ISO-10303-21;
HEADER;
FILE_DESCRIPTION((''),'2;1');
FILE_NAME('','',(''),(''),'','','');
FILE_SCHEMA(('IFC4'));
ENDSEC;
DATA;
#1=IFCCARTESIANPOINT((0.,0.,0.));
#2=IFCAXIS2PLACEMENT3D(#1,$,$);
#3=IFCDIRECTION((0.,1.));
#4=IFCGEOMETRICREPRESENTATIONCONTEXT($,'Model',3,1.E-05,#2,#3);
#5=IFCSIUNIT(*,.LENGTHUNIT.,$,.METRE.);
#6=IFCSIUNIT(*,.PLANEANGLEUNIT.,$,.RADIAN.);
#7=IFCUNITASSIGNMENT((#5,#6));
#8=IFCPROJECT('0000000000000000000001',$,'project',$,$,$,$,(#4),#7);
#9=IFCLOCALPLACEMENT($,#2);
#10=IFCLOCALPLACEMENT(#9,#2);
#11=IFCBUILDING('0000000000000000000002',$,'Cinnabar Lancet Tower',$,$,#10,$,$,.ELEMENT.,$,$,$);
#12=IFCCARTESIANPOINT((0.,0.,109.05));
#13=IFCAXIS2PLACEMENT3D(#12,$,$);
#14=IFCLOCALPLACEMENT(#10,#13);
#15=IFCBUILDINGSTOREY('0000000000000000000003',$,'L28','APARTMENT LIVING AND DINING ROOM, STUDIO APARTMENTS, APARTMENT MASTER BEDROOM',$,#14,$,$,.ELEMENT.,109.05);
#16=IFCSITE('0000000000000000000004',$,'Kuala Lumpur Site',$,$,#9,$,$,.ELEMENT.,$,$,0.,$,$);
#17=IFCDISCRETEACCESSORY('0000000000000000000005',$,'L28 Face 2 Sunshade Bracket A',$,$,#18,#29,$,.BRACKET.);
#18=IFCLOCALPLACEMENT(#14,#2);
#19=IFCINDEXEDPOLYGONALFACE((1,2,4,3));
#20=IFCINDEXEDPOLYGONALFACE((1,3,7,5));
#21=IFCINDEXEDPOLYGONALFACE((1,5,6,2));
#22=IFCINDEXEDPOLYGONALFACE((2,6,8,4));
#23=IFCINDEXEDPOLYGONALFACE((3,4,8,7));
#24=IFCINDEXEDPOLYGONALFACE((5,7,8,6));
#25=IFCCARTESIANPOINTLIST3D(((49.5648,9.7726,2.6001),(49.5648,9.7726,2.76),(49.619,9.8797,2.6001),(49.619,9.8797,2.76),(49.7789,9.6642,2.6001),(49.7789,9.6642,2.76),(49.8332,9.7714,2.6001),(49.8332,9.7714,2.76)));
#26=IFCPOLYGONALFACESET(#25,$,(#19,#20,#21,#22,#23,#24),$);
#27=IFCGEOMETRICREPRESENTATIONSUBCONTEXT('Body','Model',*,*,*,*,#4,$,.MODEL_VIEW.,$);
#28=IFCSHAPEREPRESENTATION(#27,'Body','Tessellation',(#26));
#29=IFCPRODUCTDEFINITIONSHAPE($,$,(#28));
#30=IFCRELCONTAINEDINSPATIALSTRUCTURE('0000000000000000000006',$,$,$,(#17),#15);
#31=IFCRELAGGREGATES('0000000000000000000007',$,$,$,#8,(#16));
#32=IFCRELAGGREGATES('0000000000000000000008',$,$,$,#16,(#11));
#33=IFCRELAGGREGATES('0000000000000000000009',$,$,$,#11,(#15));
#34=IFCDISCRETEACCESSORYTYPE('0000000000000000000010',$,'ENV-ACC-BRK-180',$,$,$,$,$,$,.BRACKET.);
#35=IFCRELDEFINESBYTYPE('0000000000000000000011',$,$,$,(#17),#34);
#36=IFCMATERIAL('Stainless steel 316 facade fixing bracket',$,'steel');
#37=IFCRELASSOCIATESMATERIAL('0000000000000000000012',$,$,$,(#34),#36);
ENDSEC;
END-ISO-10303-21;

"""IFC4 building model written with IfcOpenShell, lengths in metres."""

from ifc_helpers import new_model, si_unit, direction, frame, origin, origin_2d, place, context, subcontext, project, spatial, rectangle, extrude, material, type_object, element, save


model = new_model("IFC4")

# Units and contexts
model_context = context("Model", 3, precision=1e-05, world=origin(), true_north=direction((0.0, 1.0)))
body_context = subcontext(model_context, "Body", "Model", "MODEL_VIEW")
ifc_project = project(units=[si_unit("LENGTHUNIT", "METRE"), si_unit("PLANEANGLEUNIT", "RADIAN")], contexts=[model_context])

# Site, building, storey
site_placement = place(None, origin())
site = spatial("IfcSite", under=ifc_project, at=site_placement, Name="Kuala Lumpur Site", CompositionType="ELEMENT", RefElevation=0.0)
building_placement = place(site_placement, origin())
building = spatial("IfcBuilding", under=site, at=building_placement, Name="Cinnabar Lancet Tower", CompositionType="ELEMENT")
storey_placement = place(building_placement, frame((0.0, 0.0, 109.05)))
storey = spatial("IfcBuildingStorey", under=building, at=storey_placement, Name="L28", Description="APARTMENT LIVING AND DINING ROOM, STUDIO APARTMENTS, APARTMENT MASTER BEDROOM", CompositionType="ELEMENT", Elevation=109.05)

# Discrete accessory
ifc_material_1 = material(Name="Stainless steel 316 facade fixing bracket", Category="steel")
discrete_accessory_type = type_object("IfcDiscreteAccessoryType", Name="ENV-ACC-BRK-180", PredefinedType="BRACKET", material=ifc_material_1)
discrete_accessory_placement = place(storey_placement, frame((49.699, 9.772, 2.6001), z_axis=(0.0, 0.0, 1.0), x_axis=(0.451454, 0.892294, 0.0)))
element("IfcDiscreteAccessory", 1, at=discrete_accessory_placement, inside=storey, type_object=discrete_accessory_type, Name="L28 Face 2 Sunshade Bracket A", PredefinedType="BRACKET", context=body_context, shape_type="SweptSolid", body=[
    extrude(rectangle(XDim=0.1201, YDim=0.24, at=origin_2d()), origin(), (0.0, 0.0, 1.0), 0.1599),
])

save(model, "model.ifc")
